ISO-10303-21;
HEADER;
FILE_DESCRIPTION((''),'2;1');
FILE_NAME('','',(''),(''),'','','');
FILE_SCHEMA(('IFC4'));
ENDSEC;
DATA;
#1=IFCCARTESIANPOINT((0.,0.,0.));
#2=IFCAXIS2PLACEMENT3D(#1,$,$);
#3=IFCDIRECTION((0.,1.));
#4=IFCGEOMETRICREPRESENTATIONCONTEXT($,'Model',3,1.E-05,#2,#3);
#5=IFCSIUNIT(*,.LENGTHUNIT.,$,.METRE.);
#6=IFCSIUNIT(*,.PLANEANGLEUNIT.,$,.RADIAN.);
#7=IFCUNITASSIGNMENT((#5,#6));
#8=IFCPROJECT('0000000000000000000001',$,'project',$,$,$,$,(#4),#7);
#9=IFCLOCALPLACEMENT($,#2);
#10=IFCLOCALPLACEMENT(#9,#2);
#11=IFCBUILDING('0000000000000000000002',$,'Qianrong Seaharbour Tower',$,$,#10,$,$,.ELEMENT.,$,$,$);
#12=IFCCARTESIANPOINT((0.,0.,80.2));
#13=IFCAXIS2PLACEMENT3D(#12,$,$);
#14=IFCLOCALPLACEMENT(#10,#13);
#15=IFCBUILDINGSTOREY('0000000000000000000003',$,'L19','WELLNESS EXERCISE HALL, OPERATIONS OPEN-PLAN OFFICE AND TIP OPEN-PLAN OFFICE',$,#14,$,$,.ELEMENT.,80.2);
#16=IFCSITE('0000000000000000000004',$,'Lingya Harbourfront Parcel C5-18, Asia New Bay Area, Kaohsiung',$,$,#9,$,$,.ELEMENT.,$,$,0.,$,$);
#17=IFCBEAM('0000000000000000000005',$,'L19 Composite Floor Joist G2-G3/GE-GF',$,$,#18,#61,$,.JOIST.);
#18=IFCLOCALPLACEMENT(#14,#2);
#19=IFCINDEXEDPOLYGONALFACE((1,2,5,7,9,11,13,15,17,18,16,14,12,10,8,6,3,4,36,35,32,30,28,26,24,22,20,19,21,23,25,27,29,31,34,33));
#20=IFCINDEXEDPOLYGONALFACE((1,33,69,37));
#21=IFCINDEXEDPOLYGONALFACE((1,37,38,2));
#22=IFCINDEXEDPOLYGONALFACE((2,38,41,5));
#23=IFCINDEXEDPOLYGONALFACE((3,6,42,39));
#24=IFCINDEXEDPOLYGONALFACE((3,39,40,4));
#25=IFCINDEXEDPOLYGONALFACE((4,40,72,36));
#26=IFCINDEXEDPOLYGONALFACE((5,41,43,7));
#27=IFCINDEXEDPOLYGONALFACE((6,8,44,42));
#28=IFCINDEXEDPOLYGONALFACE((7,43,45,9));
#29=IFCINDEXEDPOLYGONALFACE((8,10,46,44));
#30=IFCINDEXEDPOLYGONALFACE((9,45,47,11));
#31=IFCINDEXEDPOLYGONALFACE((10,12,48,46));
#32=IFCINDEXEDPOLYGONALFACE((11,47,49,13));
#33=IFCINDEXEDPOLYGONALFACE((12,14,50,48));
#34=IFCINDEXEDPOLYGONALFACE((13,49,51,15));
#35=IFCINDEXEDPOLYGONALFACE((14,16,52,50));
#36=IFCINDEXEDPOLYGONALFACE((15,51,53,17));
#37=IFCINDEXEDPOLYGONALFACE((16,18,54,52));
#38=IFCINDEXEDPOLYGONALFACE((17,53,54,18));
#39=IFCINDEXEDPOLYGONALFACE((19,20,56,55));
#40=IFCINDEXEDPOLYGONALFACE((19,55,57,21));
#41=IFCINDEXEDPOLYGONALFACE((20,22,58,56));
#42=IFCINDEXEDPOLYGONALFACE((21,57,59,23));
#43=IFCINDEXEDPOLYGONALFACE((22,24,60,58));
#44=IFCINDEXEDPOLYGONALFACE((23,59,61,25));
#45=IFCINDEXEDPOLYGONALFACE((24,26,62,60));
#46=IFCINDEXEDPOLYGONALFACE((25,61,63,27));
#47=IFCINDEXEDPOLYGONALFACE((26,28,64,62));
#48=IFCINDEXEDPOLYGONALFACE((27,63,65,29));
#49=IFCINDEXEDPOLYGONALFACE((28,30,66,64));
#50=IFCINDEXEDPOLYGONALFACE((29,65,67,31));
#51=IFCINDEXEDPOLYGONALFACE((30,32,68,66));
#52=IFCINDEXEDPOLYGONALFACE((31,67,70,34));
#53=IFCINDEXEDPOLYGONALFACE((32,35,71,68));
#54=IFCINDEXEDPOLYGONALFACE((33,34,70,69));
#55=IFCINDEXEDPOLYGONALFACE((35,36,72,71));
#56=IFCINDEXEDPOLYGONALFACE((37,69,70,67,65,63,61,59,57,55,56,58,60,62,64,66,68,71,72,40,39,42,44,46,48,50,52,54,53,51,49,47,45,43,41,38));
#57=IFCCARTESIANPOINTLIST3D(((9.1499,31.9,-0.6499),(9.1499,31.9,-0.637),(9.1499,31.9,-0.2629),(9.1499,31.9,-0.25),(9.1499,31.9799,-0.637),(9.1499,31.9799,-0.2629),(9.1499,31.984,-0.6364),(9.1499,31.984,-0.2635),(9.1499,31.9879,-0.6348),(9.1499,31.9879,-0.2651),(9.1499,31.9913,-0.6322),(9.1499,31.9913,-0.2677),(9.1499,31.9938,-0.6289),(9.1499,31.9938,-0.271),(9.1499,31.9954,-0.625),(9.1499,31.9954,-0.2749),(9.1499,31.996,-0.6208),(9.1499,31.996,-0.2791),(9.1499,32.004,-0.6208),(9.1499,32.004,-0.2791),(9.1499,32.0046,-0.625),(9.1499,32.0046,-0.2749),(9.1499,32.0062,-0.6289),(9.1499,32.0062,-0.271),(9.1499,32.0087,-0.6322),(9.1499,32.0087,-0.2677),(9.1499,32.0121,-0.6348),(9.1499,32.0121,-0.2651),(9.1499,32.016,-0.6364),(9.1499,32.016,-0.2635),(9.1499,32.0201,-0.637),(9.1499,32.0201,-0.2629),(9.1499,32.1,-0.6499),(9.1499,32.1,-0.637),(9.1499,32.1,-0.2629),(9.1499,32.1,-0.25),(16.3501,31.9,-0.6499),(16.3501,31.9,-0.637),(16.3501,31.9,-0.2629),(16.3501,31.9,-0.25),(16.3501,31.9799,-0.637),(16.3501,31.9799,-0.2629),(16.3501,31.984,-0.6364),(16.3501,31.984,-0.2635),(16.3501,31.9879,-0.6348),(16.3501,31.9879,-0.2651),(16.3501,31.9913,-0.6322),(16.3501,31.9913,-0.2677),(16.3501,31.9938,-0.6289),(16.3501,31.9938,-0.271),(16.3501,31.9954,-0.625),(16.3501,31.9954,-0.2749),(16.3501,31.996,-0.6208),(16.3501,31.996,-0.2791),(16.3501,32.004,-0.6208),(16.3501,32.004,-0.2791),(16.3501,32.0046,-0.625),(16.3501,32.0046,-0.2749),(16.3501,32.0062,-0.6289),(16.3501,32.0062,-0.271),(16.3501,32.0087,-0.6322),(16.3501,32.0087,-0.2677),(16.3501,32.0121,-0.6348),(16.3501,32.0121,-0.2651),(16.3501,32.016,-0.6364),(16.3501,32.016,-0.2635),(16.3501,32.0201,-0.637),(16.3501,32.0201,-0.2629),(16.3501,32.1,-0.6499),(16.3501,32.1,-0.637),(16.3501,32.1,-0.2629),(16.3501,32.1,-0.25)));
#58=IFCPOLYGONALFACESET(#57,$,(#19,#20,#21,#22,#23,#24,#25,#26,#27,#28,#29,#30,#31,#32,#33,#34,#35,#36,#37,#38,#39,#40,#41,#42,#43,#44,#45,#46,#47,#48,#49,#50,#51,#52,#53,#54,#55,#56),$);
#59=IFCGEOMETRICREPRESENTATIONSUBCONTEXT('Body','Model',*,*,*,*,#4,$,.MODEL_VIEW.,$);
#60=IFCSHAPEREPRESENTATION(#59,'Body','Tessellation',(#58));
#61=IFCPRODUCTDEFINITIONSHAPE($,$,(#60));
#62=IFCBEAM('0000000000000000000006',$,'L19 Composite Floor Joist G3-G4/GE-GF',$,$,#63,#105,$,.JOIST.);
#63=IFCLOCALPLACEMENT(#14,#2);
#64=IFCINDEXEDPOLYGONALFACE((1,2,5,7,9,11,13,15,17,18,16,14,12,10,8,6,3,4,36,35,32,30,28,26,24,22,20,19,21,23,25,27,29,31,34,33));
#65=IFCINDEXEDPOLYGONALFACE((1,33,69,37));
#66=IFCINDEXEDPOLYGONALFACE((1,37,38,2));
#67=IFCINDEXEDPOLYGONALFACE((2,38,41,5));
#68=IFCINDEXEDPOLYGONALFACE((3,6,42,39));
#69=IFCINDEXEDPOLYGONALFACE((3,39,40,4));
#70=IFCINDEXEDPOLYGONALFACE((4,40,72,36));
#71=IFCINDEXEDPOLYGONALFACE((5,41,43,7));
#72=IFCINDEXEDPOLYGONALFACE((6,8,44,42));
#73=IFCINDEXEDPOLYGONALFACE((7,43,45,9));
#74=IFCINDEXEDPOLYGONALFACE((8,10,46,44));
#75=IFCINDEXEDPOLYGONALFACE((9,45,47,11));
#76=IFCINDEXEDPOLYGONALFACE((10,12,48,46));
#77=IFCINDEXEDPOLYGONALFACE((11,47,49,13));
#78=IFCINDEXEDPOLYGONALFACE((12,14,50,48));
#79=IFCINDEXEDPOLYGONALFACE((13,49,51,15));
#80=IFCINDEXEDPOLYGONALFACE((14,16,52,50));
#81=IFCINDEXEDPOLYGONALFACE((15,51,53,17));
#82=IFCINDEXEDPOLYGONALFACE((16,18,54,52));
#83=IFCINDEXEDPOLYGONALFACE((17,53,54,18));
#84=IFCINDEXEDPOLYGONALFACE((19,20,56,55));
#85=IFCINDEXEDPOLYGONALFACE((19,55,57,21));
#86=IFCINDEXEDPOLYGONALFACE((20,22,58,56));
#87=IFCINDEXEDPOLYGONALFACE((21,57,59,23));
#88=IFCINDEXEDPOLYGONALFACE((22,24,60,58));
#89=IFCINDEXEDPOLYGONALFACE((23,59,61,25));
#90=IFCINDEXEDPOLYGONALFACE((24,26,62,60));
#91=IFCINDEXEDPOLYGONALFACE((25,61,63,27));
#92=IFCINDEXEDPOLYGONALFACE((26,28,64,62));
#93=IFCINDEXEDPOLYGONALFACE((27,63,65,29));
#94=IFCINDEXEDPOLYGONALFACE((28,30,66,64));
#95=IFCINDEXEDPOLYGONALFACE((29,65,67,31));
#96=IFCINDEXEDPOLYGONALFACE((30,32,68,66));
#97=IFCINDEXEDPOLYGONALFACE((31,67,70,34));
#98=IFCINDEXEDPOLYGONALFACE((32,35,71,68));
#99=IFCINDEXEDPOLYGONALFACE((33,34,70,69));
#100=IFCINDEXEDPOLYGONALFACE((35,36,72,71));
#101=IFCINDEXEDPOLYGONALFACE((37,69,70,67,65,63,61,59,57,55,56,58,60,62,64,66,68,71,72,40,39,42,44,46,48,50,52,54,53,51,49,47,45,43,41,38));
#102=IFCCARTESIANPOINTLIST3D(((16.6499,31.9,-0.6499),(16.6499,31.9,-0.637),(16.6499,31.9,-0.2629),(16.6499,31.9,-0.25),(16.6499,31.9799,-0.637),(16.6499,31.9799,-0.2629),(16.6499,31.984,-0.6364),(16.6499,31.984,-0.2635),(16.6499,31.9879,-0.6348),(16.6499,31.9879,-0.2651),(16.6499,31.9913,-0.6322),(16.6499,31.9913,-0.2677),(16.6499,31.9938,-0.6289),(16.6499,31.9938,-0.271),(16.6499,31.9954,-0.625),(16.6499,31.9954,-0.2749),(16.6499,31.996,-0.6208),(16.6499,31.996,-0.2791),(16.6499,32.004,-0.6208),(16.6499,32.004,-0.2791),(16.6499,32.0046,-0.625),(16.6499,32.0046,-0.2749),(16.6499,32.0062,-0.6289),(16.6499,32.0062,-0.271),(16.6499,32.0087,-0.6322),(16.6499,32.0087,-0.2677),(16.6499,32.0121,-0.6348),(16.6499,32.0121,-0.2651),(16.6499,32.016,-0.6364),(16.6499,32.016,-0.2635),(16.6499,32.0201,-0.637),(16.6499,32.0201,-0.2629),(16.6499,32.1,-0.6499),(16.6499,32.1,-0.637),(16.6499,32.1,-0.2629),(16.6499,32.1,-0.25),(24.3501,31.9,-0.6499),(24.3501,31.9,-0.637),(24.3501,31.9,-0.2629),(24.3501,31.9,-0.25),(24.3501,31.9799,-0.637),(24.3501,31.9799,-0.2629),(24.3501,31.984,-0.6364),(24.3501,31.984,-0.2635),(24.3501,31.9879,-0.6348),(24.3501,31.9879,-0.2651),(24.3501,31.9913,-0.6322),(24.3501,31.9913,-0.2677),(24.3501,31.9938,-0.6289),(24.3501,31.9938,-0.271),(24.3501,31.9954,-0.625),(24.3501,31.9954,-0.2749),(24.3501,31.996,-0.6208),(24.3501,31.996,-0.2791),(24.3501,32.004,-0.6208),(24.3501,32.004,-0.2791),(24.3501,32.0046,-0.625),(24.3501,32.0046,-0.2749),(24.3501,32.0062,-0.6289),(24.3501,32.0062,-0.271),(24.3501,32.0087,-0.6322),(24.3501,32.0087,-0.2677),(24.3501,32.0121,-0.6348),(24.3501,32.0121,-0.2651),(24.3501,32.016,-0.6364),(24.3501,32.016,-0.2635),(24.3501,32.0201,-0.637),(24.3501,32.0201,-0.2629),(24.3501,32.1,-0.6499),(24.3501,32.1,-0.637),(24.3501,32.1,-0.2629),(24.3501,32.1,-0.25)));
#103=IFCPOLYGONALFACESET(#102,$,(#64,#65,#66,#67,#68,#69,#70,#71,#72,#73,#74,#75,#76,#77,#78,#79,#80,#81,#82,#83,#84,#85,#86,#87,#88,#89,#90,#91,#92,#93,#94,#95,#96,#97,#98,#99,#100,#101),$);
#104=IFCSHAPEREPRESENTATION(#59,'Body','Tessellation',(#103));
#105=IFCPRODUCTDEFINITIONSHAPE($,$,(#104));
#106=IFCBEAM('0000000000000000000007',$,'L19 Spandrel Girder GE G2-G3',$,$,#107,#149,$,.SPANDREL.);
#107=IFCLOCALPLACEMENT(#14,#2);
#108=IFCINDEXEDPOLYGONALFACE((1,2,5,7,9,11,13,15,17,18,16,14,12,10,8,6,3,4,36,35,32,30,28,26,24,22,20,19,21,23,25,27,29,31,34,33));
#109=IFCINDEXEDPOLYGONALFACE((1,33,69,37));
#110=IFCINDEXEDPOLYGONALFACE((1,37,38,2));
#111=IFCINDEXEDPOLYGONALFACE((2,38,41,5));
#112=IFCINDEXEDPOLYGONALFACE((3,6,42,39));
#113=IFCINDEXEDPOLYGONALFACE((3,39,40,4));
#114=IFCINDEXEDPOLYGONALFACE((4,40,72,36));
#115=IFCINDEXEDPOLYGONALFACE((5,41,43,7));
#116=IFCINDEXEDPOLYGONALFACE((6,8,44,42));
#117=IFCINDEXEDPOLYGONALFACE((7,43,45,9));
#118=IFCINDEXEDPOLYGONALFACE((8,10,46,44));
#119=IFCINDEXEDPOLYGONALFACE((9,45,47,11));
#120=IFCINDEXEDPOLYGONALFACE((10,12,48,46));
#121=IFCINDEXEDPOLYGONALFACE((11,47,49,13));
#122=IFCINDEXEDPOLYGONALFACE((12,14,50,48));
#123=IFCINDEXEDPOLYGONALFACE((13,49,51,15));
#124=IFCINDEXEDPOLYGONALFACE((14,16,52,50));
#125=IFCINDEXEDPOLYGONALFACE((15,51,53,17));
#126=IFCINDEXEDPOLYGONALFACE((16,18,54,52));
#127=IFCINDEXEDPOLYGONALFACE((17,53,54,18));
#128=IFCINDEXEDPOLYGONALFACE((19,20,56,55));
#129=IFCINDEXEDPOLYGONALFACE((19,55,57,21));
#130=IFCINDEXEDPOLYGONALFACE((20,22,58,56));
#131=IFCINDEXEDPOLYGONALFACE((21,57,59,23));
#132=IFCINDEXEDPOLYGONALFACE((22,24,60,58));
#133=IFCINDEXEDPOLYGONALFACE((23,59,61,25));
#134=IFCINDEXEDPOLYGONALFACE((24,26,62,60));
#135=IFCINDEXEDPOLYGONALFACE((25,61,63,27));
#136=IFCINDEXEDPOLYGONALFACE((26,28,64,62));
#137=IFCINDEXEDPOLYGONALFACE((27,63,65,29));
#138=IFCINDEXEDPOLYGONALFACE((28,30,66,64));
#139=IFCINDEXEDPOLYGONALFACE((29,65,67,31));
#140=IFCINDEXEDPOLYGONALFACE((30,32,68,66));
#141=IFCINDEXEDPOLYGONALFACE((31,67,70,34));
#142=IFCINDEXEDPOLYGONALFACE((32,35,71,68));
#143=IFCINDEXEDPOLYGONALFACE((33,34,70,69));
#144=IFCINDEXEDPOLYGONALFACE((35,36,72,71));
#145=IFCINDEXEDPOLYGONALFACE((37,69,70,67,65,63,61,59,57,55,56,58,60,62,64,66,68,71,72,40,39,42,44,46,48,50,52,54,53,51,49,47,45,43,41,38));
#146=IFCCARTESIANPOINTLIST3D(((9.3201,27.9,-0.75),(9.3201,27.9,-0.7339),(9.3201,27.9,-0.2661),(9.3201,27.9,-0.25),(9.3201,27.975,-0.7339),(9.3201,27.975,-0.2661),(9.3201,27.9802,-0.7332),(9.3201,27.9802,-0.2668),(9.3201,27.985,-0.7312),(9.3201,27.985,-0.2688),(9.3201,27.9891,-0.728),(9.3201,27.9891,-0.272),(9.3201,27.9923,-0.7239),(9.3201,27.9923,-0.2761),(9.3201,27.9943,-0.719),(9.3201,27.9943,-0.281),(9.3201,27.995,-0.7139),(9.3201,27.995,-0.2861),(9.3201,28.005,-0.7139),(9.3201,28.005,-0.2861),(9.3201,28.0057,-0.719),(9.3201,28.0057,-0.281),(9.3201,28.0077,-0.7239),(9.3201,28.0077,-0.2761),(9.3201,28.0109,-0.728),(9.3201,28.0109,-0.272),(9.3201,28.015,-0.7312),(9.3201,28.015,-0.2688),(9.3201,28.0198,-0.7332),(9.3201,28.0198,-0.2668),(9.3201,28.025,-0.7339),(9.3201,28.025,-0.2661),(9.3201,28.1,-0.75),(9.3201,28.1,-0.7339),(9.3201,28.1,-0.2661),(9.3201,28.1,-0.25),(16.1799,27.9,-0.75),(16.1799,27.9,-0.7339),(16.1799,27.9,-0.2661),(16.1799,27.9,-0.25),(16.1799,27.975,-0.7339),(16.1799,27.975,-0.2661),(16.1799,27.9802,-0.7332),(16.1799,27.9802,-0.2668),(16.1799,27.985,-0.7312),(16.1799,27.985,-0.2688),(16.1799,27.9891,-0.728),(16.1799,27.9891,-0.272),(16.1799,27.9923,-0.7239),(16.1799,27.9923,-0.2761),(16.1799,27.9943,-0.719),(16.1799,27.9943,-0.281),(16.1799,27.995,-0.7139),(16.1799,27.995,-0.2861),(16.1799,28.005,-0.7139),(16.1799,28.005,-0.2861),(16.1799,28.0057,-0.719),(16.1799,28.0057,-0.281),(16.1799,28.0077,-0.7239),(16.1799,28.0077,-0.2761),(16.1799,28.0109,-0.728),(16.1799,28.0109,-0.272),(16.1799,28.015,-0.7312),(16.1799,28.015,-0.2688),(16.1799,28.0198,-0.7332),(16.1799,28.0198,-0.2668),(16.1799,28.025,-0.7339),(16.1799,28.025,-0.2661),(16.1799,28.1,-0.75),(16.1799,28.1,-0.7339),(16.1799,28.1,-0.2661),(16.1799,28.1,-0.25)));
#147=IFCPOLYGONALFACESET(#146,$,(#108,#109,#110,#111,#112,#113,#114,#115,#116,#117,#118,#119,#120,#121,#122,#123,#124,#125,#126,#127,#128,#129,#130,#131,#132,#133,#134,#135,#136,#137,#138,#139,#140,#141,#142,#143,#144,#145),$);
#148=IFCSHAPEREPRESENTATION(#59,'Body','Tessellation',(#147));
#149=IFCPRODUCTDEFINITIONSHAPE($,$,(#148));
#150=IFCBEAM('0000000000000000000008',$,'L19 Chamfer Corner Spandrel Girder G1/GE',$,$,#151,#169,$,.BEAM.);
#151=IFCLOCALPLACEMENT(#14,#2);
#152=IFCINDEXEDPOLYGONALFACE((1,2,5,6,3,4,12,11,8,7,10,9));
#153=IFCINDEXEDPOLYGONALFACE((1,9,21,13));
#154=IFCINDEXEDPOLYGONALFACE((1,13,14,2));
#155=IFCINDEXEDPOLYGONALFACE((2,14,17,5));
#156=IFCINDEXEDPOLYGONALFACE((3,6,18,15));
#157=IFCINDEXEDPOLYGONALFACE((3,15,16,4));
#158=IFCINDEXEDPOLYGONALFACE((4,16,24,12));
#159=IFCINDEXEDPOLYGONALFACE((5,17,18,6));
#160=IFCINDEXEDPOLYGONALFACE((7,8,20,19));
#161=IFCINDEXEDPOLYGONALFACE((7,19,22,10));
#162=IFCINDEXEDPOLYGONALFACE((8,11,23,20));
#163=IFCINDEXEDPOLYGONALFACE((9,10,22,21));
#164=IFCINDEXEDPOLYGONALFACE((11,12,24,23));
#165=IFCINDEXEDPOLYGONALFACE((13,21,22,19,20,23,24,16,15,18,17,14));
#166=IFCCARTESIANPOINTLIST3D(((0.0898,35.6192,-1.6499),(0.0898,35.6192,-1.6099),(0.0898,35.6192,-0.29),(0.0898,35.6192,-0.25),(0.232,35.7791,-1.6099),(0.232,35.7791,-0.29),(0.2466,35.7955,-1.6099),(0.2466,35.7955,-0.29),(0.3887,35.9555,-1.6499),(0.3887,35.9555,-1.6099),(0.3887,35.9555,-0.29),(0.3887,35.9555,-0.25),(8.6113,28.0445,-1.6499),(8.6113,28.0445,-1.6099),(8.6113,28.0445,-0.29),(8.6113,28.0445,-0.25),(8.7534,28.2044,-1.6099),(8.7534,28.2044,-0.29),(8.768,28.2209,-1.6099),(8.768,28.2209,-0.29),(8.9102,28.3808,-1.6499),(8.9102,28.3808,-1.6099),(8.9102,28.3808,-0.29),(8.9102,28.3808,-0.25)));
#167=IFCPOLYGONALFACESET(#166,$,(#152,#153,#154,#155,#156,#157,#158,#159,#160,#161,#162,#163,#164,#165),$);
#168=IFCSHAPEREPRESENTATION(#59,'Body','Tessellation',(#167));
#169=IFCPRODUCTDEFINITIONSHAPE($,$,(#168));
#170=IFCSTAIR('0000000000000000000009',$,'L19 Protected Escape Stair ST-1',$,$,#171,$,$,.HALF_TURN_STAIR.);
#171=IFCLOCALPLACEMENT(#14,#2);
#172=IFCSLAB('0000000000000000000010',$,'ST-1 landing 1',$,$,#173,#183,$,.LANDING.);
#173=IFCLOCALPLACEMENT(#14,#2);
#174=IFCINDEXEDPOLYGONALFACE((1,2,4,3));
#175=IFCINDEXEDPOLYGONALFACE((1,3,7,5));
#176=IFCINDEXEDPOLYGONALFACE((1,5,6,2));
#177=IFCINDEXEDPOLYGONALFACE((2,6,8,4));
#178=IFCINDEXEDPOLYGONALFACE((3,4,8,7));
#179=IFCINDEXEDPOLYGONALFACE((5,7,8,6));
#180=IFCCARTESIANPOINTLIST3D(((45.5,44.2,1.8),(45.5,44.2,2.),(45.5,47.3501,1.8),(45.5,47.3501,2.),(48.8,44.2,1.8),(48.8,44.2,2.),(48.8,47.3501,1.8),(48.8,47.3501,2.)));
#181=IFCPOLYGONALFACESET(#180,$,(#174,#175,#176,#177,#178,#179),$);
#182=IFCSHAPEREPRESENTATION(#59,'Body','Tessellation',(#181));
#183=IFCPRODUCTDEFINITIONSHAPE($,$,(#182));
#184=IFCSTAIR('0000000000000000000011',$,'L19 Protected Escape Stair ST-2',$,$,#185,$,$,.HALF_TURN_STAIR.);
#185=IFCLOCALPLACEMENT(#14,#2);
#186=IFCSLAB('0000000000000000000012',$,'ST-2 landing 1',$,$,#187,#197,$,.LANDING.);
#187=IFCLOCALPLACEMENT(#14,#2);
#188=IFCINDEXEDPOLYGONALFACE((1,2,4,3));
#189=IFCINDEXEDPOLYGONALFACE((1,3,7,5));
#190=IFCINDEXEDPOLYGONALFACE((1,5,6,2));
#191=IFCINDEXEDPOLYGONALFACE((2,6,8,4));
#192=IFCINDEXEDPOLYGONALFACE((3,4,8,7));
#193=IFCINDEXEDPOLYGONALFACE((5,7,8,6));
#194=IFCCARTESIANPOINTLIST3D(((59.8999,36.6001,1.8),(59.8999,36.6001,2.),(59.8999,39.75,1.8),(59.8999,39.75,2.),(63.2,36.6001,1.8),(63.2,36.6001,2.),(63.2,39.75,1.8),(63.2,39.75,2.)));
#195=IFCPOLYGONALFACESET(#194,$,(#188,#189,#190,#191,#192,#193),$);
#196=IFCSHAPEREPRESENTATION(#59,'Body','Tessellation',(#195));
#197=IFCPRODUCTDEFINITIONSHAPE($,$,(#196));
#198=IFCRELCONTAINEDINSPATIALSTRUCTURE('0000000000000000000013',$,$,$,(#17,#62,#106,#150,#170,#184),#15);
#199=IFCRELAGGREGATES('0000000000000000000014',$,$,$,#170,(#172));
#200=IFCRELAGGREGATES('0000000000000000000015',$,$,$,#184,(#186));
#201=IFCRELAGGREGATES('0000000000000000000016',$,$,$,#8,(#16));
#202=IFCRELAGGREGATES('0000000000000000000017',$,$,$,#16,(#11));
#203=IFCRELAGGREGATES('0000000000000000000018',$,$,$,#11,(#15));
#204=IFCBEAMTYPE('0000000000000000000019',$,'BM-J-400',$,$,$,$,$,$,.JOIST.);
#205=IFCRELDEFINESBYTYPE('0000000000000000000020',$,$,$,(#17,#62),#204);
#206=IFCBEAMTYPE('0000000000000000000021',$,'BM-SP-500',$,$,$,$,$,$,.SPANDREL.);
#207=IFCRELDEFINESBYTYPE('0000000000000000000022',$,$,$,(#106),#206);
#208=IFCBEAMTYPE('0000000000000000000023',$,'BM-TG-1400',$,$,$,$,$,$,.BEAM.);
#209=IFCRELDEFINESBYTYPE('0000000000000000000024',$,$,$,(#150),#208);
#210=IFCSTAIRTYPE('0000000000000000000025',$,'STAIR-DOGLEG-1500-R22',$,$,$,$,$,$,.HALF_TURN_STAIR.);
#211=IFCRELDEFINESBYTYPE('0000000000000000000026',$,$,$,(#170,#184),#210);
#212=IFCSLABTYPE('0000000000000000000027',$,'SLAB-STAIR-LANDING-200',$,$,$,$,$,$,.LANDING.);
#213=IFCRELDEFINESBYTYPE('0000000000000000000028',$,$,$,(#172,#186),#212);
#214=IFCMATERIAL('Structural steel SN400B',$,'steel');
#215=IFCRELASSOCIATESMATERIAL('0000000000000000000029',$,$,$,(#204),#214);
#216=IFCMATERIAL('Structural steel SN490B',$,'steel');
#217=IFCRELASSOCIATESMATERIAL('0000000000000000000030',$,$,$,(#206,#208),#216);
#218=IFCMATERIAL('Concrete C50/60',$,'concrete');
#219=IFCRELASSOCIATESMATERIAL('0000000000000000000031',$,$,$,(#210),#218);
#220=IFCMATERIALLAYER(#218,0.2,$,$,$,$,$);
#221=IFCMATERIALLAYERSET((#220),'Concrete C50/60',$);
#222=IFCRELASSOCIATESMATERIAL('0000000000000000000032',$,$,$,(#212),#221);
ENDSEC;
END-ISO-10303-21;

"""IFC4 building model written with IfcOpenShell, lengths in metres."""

from ifc_helpers import new_model, si_unit, direction, frame, origin, origin_2d, place, context, subcontext, project, spatial, polyline, i_section, outline, extrude, material, layer, layer_set, material_profile, profile_set, type_object, element, aggregate, save


model = new_model("IFC4")

# Units and contexts
model_context = context("Model", 3, precision=1e-05, world=origin(), true_north=direction((0.0, 1.0)))
body_context = subcontext(model_context, "Body", "Model", "MODEL_VIEW")
ifc_project = project(units=[si_unit("LENGTHUNIT", "METRE"), si_unit("PLANEANGLEUNIT", "RADIAN")], contexts=[model_context])

# Site, building, storey
site_placement = place(None, origin())
site = spatial("IfcSite", under=ifc_project, at=site_placement, Name="Lingya Harbourfront Parcel C5-18, Asia New Bay Area, Kaohsiung", CompositionType="ELEMENT", RefElevation=0.0)
building_placement = place(site_placement, origin())
building = spatial("IfcBuilding", under=site, at=building_placement, Name="Qianrong Seaharbour Tower", CompositionType="ELEMENT")
storey_placement = place(building_placement, frame((0.0, 0.0, 80.2)))
storey = spatial("IfcBuildingStorey", under=building, at=storey_placement, Name="L19", Description="WELLNESS EXERCISE HALL, OPERATIONS OPEN-PLAN OFFICE AND TIP OPEN-PLAN OFFICE", CompositionType="ELEMENT", Elevation=80.2)

# Shared definitions
ifc_material_1 = material(Name="Structural steel SN490B", Category="steel")

# Beams
ifc_material_2 = material(Name="Structural steel SN400B", Category="steel")
ifc_material_profile_1 = material_profile(ifc_material_2, i_section(OverallWidth=0.2, OverallDepth=0.3999, WebThickness=0.0081, FlangeThickness=0.0129, FilletRadius=0.0161, at=origin_2d()), Name="H400x200x8x13")
ifc_profile_set_1 = profile_set([ifc_material_profile_1], Name="Structural steel SN400B")
beam_type_1 = type_object("IfcBeamType", Name="BM-J-400", PredefinedType="JOIST", material=ifc_profile_set_1)
beam_1_placement = place(storey_placement, frame((9.1499, 32.0, -0.45), z_axis=(1.0, 0.0, 0.0), x_axis=(0.0, 1.0, 0.0)))
element("IfcBeam", 1, at=beam_1_placement, inside=storey, type_object=beam_type_1, Name="L19 Composite Floor Joist G2-G3/GE-GF", PredefinedType="JOIST", context=body_context, shape_type="SweptSolid", body=[
    extrude(i_section(OverallWidth=0.2, OverallDepth=0.3999, WebThickness=0.0081, FlangeThickness=0.0129, FilletRadius=0.0161, at=origin_2d()), origin(), (0.0, 0.0, 1.0), 7.2002),
])
beam_2_placement = place(storey_placement, frame((16.6499, 32.0, -0.45), z_axis=(1.0, 0.0, 0.0), x_axis=(0.0, 1.0, 0.0)))
element("IfcBeam", 2, at=beam_2_placement, inside=storey, type_object=beam_type_1, Name="L19 Composite Floor Joist G3-G4/GE-GF", PredefinedType="JOIST", context=body_context, shape_type="SweptSolid", body=[
    extrude(i_section(OverallWidth=0.2, OverallDepth=0.3999, WebThickness=0.0081, FlangeThickness=0.0129, FilletRadius=0.0161, at=origin_2d()), origin(), (0.0, 0.0, 1.0), 7.7002),
])
ifc_material_profile_2 = material_profile(ifc_material_1, i_section(OverallWidth=0.2, OverallDepth=0.5, WebThickness=0.01, FlangeThickness=0.0161, FilletRadius=0.02, at=origin_2d()), Name="H500x200x10x16")
ifc_profile_set_2 = profile_set([ifc_material_profile_2], Name="Structural steel SN490B")
beam_type_2 = type_object("IfcBeamType", Name="BM-SP-500", PredefinedType="SPANDREL", material=ifc_profile_set_2)
beam_3_placement = place(storey_placement, frame((9.3201, 28.0, -0.5), z_axis=(1.0, 0.0, 0.0), x_axis=(0.0, 1.0, 0.0)))
element("IfcBeam", 3, at=beam_3_placement, inside=storey, type_object=beam_type_2, Name="L19 Spandrel Girder GE G2-G3", PredefinedType="SPANDREL", context=body_context, shape_type="SweptSolid", body=[
    extrude(i_section(OverallWidth=0.2, OverallDepth=0.5, WebThickness=0.01, FlangeThickness=0.0161, FilletRadius=0.02, at=origin_2d()), origin(), (0.0, 0.0, 1.0), 6.8599),
])
ifc_material_profile_3 = material_profile(ifc_material_1, i_section(OverallWidth=0.45, OverallDepth=1.3999, WebThickness=0.022, FlangeThickness=0.04, at=origin_2d()), Name="BH1400x450x22x40")
ifc_profile_set_3 = profile_set([ifc_material_profile_3], Name="Structural steel SN490B")
beam_type_3 = type_object("IfcBeamType", Name="BM-TG-1400", PredefinedType="BEAM", material=ifc_profile_set_3)
beam_4_placement = place(storey_placement, frame((8.7607, 28.2126, -0.95), z_axis=(-0.747407, 0.664366, 0.0), x_axis=(-0.664366, -0.747407, 0.0)))
element("IfcBeam", 4, at=beam_4_placement, inside=storey, type_object=beam_type_3, Name="L19 Chamfer Corner Spandrel Girder G1/GE", PredefinedType="BEAM", context=body_context, shape_type="SweptSolid", body=[
    extrude(i_section(OverallWidth=0.45, OverallDepth=1.3999, WebThickness=0.022, FlangeThickness=0.04, at=origin_2d()), origin(), (0.0, 0.0, 1.0), 11.4014),
])

# Stairs, slabs
ifc_material_3 = material(Name="Concrete C50/60", Category="concrete")
stair_type = type_object("IfcStairType", Name="STAIR-DOGLEG-1500-R22", PredefinedType="HALF_TURN_STAIR", material=ifc_material_3)
stair_1_placement = place(storey_placement, origin())
stair_1 = element("IfcStair", 5, at=stair_1_placement, inside=storey, type_object=stair_type, Name="L19 Protected Escape Stair ST-1", PredefinedType="HALF_TURN_STAIR")
ifc_layer_1 = layer(ifc_material_3, 0.2)
ifc_layer_set_1 = layer_set([ifc_layer_1], Name="Concrete C50/60")
slab_type_1 = type_object("IfcSlabType", Name="SLAB-STAIR-LANDING-200", PredefinedType="LANDING", material=ifc_layer_set_1)
slab_1_placement = place(storey_placement, frame((0.0, 0.0, 1.8)))
slab_1 = element("IfcSlab", 6, at=slab_1_placement, type_object=slab_type_1, Name="ST-1 landing 1", PredefinedType="LANDING", context=body_context, shape_type="SweptSolid", body=[
    extrude(outline(polyline([(45.5, 44.2), (48.8, 44.2), (48.8, 47.3501), (45.5, 47.3501), (45.5, 44.2)])), origin(), (0.0, 0.0, 1.0), 0.2),
])
aggregate(stair_1, [slab_1])
stair_2_placement = place(storey_placement, origin())
stair_2 = element("IfcStair", 7, at=stair_2_placement, inside=storey, type_object=stair_type, Name="L19 Protected Escape Stair ST-2", PredefinedType="HALF_TURN_STAIR")
slab_2_placement = place(storey_placement, frame((0.0, 0.0, 1.8)))
slab_2 = element("IfcSlab", 8, at=slab_2_placement, type_object=slab_type_1, Name="ST-2 landing 1", PredefinedType="LANDING", context=body_context, shape_type="SweptSolid", body=[
    extrude(outline(polyline([(59.8999, 36.6001), (63.2, 36.6001), (63.2, 39.75), (59.8999, 39.75), (59.8999, 36.6001)])), origin(), (0.0, 0.0, 1.0), 0.2),
])
aggregate(stair_2, [slab_2])

save(model, "model.ifc")
